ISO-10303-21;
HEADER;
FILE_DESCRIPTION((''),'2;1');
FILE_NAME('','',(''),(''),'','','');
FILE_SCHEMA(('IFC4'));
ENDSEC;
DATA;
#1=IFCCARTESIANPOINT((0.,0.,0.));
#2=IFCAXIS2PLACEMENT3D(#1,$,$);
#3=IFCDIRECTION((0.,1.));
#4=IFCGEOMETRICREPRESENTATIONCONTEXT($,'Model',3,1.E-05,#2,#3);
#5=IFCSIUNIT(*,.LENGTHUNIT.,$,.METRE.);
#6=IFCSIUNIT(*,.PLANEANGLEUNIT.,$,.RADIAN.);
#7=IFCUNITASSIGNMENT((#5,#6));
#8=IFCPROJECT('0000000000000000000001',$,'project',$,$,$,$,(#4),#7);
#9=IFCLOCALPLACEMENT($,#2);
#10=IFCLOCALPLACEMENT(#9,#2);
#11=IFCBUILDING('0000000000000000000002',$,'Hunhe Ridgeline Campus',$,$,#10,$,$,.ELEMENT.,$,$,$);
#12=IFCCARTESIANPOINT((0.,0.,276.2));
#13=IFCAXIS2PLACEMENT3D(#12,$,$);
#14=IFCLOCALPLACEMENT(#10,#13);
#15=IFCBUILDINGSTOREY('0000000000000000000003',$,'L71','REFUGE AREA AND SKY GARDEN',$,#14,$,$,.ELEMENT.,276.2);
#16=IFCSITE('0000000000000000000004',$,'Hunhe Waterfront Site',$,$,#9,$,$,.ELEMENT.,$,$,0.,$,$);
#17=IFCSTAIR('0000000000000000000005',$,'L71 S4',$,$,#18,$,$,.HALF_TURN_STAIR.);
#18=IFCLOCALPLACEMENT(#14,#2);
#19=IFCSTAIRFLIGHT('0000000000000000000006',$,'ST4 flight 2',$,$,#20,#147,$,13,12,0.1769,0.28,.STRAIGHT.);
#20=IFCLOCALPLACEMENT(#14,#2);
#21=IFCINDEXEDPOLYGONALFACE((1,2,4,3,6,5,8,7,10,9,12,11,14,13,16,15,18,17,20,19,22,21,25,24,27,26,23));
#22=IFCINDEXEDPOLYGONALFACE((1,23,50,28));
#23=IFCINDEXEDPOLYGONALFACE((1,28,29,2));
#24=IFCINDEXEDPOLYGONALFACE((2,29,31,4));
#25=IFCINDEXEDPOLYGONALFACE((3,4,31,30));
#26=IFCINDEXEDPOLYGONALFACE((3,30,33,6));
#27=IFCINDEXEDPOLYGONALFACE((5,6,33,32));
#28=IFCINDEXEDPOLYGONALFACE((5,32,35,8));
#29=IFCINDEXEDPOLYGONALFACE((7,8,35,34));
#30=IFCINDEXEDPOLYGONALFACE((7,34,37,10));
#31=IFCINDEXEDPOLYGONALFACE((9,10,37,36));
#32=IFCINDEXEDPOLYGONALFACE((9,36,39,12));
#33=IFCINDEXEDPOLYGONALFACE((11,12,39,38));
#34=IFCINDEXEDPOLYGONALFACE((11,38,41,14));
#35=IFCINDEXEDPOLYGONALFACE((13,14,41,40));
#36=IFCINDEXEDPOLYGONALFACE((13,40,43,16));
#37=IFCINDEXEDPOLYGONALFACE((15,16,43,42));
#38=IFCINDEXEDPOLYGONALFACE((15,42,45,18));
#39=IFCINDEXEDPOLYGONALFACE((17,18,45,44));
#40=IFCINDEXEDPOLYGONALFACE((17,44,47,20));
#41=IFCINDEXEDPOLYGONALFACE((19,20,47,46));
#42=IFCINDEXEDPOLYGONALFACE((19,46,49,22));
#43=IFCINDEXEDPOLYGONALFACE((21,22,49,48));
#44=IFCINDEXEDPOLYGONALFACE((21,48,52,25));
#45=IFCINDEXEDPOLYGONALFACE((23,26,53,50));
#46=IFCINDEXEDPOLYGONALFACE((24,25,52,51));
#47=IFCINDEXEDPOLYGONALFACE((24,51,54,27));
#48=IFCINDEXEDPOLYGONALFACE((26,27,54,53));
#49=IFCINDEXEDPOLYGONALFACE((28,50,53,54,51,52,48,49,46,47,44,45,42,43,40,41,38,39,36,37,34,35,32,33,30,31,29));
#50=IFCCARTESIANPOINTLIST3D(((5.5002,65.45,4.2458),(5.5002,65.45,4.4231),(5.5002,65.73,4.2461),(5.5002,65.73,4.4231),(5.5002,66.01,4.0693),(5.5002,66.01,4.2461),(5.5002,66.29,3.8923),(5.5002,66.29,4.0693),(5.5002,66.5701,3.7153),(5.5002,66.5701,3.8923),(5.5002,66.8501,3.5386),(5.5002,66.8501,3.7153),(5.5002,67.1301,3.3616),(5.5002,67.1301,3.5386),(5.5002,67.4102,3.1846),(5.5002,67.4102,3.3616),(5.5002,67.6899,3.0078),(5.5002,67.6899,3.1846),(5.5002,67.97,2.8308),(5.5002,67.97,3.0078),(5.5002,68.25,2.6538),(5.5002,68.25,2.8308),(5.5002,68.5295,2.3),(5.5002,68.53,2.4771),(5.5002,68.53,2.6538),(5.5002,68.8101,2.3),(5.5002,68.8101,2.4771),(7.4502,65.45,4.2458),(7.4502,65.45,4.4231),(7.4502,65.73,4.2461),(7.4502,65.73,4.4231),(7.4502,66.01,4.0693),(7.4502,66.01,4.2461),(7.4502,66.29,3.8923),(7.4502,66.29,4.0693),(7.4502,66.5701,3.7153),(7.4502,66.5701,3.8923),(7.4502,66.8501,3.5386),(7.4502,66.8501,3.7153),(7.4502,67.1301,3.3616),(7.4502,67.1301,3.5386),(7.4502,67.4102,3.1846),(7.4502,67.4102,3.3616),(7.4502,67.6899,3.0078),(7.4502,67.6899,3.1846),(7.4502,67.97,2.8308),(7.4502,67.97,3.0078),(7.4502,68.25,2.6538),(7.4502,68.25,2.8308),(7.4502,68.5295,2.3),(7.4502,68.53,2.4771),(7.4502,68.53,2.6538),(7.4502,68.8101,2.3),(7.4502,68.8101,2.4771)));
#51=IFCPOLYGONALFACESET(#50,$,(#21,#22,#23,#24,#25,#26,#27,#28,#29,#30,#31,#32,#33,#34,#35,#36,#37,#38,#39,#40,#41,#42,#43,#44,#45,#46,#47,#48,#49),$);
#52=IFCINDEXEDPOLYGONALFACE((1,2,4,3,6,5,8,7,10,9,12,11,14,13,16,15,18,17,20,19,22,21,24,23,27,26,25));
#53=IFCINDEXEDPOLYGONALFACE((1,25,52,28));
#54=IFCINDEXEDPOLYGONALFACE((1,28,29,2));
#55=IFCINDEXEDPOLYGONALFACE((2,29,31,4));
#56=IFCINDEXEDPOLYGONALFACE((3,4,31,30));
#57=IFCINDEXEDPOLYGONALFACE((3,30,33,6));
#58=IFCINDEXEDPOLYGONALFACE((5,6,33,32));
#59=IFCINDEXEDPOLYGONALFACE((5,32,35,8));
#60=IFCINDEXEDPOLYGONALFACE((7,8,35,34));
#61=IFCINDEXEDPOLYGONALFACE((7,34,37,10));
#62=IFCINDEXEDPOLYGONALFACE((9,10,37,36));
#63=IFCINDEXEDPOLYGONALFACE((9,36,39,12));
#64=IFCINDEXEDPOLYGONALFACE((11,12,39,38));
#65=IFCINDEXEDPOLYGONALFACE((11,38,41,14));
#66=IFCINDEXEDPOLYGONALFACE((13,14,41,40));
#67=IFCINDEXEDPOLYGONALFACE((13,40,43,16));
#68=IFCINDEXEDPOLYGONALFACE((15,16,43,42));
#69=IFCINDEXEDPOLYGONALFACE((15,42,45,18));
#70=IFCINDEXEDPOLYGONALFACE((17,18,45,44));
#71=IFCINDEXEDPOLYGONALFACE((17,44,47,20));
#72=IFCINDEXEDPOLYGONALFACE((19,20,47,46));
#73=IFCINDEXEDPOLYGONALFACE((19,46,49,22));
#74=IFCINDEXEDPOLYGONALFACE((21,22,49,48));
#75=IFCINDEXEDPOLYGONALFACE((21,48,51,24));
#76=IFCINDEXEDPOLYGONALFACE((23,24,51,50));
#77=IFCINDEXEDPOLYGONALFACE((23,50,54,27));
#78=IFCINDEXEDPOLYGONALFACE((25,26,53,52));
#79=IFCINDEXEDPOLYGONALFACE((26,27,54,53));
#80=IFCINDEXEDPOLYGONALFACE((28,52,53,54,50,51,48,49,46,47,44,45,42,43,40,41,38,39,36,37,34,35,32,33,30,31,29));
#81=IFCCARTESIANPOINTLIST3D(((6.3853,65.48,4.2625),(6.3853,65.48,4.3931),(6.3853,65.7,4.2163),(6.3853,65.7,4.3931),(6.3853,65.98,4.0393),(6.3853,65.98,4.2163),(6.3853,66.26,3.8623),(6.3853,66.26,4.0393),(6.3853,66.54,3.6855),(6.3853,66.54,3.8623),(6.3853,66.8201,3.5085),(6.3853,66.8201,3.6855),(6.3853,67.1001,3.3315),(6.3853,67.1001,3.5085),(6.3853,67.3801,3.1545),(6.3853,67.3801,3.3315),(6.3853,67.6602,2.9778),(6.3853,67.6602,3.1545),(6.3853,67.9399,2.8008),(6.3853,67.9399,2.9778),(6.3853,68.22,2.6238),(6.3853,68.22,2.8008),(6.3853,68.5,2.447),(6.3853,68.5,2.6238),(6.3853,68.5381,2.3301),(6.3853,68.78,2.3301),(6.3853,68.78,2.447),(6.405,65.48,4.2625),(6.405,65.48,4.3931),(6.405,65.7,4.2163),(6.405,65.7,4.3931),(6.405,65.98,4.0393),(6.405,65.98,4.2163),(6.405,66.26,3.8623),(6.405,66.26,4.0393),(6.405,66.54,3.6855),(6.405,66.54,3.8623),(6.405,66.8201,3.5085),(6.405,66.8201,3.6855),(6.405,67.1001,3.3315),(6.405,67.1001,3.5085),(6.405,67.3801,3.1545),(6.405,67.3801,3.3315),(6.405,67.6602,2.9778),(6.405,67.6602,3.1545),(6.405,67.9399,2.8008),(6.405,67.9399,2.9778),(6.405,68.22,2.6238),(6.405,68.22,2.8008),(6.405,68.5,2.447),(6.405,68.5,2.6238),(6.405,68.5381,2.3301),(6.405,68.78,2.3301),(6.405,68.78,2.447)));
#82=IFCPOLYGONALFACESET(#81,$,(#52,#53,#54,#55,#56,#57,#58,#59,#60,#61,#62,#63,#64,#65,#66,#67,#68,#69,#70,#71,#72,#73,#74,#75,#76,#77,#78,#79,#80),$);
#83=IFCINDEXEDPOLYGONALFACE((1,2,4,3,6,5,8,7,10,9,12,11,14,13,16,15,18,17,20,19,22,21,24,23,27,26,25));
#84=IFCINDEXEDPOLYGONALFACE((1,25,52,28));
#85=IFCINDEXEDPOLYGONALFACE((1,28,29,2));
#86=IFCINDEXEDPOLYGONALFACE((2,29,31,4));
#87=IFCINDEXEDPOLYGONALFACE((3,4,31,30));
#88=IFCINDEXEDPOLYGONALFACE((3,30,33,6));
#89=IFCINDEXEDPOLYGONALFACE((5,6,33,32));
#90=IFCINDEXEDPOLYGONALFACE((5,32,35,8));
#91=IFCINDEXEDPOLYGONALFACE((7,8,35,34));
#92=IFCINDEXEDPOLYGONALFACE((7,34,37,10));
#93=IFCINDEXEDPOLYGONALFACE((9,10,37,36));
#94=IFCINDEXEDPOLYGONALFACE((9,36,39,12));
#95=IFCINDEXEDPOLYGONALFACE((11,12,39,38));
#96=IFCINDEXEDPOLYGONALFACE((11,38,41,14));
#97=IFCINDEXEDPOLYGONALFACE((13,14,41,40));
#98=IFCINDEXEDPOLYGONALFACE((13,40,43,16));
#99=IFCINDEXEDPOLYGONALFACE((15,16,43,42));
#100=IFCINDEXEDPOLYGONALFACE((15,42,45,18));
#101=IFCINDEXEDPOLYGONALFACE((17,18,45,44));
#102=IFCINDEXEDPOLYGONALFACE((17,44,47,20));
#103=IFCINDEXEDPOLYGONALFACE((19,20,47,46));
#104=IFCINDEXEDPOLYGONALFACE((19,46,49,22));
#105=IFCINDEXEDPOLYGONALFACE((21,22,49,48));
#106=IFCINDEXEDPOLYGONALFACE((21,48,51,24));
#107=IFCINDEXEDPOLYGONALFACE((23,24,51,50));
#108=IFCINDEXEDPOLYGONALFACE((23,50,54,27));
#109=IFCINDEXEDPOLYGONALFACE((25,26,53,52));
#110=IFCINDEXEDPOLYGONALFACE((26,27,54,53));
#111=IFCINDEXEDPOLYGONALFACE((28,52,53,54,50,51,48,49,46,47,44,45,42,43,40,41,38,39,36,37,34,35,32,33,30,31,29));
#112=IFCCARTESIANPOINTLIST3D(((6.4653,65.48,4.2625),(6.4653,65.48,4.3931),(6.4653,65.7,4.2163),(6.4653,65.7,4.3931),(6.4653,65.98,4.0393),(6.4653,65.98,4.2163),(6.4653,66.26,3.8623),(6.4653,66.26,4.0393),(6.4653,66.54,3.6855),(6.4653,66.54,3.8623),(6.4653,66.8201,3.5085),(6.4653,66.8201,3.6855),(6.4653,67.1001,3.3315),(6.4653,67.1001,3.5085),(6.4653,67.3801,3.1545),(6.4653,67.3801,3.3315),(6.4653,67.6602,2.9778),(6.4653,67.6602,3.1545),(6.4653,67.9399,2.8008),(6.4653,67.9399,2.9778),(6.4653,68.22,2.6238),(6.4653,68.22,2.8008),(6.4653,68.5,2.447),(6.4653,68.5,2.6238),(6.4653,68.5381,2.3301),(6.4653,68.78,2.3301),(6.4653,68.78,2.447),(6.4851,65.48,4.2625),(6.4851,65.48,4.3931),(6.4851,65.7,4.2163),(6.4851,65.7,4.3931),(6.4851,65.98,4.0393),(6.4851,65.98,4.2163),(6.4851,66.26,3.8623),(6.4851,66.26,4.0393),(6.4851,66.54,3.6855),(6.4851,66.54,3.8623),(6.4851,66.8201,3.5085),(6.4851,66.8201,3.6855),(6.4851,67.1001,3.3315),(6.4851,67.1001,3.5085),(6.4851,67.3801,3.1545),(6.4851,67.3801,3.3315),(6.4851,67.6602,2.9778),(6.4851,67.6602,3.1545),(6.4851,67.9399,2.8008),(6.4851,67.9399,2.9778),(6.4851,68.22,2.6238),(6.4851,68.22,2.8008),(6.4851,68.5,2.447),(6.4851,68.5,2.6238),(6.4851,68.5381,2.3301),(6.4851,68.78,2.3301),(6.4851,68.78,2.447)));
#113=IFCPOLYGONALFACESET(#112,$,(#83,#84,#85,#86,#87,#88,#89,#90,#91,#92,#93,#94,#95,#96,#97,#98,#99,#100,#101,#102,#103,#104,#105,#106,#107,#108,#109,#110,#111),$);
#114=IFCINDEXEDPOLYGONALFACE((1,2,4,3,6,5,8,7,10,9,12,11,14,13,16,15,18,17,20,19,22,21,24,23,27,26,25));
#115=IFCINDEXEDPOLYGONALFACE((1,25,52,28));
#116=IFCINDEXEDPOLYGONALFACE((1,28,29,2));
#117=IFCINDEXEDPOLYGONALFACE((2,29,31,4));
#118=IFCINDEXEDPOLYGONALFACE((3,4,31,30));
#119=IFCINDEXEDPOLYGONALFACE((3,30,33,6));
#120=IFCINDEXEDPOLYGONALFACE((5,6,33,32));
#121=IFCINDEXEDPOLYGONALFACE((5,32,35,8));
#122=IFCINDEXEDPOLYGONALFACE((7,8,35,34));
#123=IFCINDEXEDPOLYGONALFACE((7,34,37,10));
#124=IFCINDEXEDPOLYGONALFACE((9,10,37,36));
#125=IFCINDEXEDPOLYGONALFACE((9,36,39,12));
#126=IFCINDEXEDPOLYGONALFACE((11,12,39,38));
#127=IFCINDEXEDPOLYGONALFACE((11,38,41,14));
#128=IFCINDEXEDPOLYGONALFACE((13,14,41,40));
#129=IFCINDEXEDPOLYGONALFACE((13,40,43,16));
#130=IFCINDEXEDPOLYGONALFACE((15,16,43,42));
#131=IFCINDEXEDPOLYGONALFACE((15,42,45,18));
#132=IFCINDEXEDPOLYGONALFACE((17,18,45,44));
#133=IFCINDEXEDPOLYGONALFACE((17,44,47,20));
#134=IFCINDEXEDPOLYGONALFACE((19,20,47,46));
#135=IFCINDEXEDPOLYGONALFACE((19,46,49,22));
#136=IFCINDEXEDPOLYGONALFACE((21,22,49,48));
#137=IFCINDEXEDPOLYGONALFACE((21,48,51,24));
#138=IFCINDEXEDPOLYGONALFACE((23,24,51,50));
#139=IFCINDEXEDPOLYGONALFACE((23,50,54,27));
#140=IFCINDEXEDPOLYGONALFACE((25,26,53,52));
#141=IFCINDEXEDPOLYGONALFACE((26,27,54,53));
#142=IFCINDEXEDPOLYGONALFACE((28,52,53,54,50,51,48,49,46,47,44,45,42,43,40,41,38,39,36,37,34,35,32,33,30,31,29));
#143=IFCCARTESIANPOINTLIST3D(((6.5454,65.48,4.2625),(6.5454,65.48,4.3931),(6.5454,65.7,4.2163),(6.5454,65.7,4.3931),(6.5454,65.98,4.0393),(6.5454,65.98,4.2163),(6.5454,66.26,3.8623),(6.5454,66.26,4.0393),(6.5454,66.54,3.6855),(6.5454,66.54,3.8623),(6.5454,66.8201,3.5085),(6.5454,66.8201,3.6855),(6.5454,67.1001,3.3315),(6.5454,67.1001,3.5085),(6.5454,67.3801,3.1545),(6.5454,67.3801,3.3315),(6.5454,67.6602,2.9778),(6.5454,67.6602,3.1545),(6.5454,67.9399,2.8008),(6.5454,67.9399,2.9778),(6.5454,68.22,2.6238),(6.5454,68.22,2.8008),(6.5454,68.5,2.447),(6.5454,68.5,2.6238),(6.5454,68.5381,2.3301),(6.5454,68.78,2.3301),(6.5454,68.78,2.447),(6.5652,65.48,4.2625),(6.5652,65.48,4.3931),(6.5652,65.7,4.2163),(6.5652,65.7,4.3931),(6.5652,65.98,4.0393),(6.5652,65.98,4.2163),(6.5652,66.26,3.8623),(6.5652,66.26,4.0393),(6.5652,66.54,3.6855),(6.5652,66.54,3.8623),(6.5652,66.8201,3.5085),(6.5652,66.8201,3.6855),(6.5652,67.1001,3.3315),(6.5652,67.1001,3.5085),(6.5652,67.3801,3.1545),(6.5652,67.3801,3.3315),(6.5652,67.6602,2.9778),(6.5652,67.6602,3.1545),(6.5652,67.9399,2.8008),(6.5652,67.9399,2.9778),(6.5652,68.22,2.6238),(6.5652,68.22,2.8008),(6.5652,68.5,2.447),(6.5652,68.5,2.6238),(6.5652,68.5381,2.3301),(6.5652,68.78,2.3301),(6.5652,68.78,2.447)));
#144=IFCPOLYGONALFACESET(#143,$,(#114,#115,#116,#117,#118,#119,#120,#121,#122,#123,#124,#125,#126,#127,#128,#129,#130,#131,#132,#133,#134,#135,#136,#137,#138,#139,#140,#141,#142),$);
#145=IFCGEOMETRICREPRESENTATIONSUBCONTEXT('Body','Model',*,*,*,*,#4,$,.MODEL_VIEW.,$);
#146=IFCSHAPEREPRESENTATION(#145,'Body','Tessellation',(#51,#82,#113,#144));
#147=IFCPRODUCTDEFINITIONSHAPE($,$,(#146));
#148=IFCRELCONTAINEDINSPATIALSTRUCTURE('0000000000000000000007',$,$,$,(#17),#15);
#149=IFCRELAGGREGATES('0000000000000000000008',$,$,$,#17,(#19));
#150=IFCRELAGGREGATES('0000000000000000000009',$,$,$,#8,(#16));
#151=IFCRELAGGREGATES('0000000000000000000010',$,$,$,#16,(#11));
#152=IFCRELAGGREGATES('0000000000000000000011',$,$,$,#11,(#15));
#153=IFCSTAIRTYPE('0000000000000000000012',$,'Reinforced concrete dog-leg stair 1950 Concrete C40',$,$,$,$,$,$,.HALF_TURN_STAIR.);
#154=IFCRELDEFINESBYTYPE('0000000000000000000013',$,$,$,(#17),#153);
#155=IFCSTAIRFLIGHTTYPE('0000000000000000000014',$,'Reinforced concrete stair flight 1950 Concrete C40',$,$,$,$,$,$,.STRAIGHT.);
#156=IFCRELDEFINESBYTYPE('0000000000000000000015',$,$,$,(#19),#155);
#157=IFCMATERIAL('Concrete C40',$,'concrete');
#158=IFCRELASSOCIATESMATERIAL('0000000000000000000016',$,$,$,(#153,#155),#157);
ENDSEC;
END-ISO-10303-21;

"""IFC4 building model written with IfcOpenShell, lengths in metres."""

from ifc_helpers import new_model, si_unit, direction, frame, origin, place, context, subcontext, project, spatial, polyline, outline, extrude, material, type_object, element, aggregate, save


model = new_model("IFC4")

# Units and contexts
model_context = context("Model", 3, precision=1e-05, world=origin(), true_north=direction((0.0, 1.0)))
body_context = subcontext(model_context, "Body", "Model", "MODEL_VIEW")
ifc_project = project(units=[si_unit("LENGTHUNIT", "METRE"), si_unit("PLANEANGLEUNIT", "RADIAN")], contexts=[model_context])

# Site, building, storey
site_placement = place(None, origin())
site = spatial("IfcSite", under=ifc_project, at=site_placement, Name="Hunhe Waterfront Site", CompositionType="ELEMENT", RefElevation=0.0)
building_placement = place(site_placement, origin())
building = spatial("IfcBuilding", under=site, at=building_placement, Name="Hunhe Ridgeline Campus", CompositionType="ELEMENT")
storey_placement = place(building_placement, frame((0.0, 0.0, 276.2)))
storey = spatial("IfcBuildingStorey", under=building, at=storey_placement, Name="L71", Description="REFUGE AREA AND SKY GARDEN", CompositionType="ELEMENT", Elevation=276.2)

# Stair, stair flight
ifc_material_1 = material(Name="Concrete C40", Category="concrete")
stair_type = type_object("IfcStairType", Name="Reinforced concrete dog-leg stair 1950 Concrete C40", PredefinedType="HALF_TURN_STAIR", material=ifc_material_1)
stair_flight_type = type_object("IfcStairFlightType", Name="Reinforced concrete stair flight 1950 Concrete C40", PredefinedType="STRAIGHT", material=ifc_material_1)
stair_1_placement = place(storey_placement, origin())
stair_1 = element("IfcStair", 1, at=stair_1_placement, inside=storey, type_object=stair_type, Name="L71 S4", PredefinedType="HALF_TURN_STAIR")
stair_flight_1_placement = place(storey_placement, frame((6.4751, 68.8101, 2.3), z_axis=(0.0, 0.0, 1.0), x_axis=(0.0, -1.0, 0.0)))
stair_flight_1 = element("IfcStairFlight", 2, at=stair_flight_1_placement, type_object=stair_flight_type, Name="ST4 flight 2", NumberOfRisers=13, NumberOfTreads=12, PredefinedType="STRAIGHT", RiserHeight=0.1769, TreadLength=0.28, context=body_context, shape_type="SweptSolid", body=[
    extrude(outline(polyline([(0.0, 0.0), (0.0, 0.177), (0.28, 0.177), (0.28, 0.3538), (0.5601, 0.3538), (0.5601, 0.5308), (0.8401, 0.5308), (0.8401, 0.7078), (1.1201, 0.7078), (1.1201, 0.8845), (1.3999, 0.8845), (1.3999, 1.0615), (1.6799, 1.0615), (1.6799, 1.2385), (1.96, 1.2385), (1.96, 1.4153), (2.24, 1.4153), (2.24, 1.5923), (2.52, 1.5923), (2.52, 1.7693), (2.8, 1.7693), (2.8, 1.946), (3.0801, 1.946), (3.0801, 2.123), (3.3601, 2.123), (3.3601, 2.3), (3.3601, 1.9458), (0.2805, 0.0), (0.0, 0.0)])), frame((0.0, 0.9751, 0.0), z_axis=(0.0, -1.0, 0.0), x_axis=(1.0, 0.0, 0.0)), (0.0, 0.0, 1.0), 1.95),
    extrude(outline(polyline([(0.03, 0.03), (0.03, 0.147), (0.3101, 0.147), (0.3101, 0.3237), (0.5901, 0.3237), (0.5901, 0.5007), (0.8701, 0.5007), (0.8701, 0.6777), (1.1499, 0.6777), (1.1499, 0.8545), (1.4299, 0.8545), (1.4299, 1.0315), (1.71, 1.0315), (1.71, 1.2085), (1.99, 1.2085), (1.99, 1.3855), (2.27, 1.3855), (2.27, 1.5623), (2.55, 1.5623), (2.55, 1.7393), (2.8301, 1.7393), (2.8301, 1.9163), (3.1101, 1.9163), (3.1101, 2.093), (3.3301, 2.093), (3.3301, 1.9624), (0.272, 0.03), (0.03, 0.03)])), frame((0.0, -0.0701, 0.0), z_axis=(0.0, -1.0, 0.0), x_axis=(1.0, 0.0, 0.0)), (0.0, 0.0, 1.0), 0.0198),
    extrude(outline(polyline([(0.03, 0.03), (0.03, 0.147), (0.3101, 0.147), (0.3101, 0.3237), (0.5901, 0.3237), (0.5901, 0.5007), (0.8701, 0.5007), (0.8701, 0.6777), (1.1499, 0.6777), (1.1499, 0.8545), (1.4299, 0.8545), (1.4299, 1.0315), (1.71, 1.0315), (1.71, 1.2085), (1.99, 1.2085), (1.99, 1.3855), (2.27, 1.3855), (2.27, 1.5623), (2.55, 1.5623), (2.55, 1.7393), (2.8301, 1.7393), (2.8301, 1.9163), (3.1101, 1.9163), (3.1101, 2.093), (3.3301, 2.093), (3.3301, 1.9624), (0.272, 0.03), (0.03, 0.03)])), frame((0.0, 0.01, 0.0), z_axis=(0.0, -1.0, 0.0), x_axis=(1.0, 0.0, 0.0)), (0.0, 0.0, 1.0), 0.0198),
    extrude(outline(polyline([(0.03, 0.03), (0.03, 0.147), (0.3101, 0.147), (0.3101, 0.3237), (0.5901, 0.3237), (0.5901, 0.5007), (0.8701, 0.5007), (0.8701, 0.6777), (1.1499, 0.6777), (1.1499, 0.8545), (1.4299, 0.8545), (1.4299, 1.0315), (1.71, 1.0315), (1.71, 1.2085), (1.99, 1.2085), (1.99, 1.3855), (2.27, 1.3855), (2.27, 1.5623), (2.55, 1.5623), (2.55, 1.7393), (2.8301, 1.7393), (2.8301, 1.9163), (3.1101, 1.9163), (3.1101, 2.093), (3.3301, 2.093), (3.3301, 1.9624), (0.272, 0.03), (0.03, 0.03)])), frame((0.0, 0.0901, 0.0), z_axis=(0.0, -1.0, 0.0), x_axis=(1.0, 0.0, 0.0)), (0.0, 0.0, 1.0), 0.0198),
])
aggregate(stair_1, [stair_flight_1])

save(model, "model.ifc")
